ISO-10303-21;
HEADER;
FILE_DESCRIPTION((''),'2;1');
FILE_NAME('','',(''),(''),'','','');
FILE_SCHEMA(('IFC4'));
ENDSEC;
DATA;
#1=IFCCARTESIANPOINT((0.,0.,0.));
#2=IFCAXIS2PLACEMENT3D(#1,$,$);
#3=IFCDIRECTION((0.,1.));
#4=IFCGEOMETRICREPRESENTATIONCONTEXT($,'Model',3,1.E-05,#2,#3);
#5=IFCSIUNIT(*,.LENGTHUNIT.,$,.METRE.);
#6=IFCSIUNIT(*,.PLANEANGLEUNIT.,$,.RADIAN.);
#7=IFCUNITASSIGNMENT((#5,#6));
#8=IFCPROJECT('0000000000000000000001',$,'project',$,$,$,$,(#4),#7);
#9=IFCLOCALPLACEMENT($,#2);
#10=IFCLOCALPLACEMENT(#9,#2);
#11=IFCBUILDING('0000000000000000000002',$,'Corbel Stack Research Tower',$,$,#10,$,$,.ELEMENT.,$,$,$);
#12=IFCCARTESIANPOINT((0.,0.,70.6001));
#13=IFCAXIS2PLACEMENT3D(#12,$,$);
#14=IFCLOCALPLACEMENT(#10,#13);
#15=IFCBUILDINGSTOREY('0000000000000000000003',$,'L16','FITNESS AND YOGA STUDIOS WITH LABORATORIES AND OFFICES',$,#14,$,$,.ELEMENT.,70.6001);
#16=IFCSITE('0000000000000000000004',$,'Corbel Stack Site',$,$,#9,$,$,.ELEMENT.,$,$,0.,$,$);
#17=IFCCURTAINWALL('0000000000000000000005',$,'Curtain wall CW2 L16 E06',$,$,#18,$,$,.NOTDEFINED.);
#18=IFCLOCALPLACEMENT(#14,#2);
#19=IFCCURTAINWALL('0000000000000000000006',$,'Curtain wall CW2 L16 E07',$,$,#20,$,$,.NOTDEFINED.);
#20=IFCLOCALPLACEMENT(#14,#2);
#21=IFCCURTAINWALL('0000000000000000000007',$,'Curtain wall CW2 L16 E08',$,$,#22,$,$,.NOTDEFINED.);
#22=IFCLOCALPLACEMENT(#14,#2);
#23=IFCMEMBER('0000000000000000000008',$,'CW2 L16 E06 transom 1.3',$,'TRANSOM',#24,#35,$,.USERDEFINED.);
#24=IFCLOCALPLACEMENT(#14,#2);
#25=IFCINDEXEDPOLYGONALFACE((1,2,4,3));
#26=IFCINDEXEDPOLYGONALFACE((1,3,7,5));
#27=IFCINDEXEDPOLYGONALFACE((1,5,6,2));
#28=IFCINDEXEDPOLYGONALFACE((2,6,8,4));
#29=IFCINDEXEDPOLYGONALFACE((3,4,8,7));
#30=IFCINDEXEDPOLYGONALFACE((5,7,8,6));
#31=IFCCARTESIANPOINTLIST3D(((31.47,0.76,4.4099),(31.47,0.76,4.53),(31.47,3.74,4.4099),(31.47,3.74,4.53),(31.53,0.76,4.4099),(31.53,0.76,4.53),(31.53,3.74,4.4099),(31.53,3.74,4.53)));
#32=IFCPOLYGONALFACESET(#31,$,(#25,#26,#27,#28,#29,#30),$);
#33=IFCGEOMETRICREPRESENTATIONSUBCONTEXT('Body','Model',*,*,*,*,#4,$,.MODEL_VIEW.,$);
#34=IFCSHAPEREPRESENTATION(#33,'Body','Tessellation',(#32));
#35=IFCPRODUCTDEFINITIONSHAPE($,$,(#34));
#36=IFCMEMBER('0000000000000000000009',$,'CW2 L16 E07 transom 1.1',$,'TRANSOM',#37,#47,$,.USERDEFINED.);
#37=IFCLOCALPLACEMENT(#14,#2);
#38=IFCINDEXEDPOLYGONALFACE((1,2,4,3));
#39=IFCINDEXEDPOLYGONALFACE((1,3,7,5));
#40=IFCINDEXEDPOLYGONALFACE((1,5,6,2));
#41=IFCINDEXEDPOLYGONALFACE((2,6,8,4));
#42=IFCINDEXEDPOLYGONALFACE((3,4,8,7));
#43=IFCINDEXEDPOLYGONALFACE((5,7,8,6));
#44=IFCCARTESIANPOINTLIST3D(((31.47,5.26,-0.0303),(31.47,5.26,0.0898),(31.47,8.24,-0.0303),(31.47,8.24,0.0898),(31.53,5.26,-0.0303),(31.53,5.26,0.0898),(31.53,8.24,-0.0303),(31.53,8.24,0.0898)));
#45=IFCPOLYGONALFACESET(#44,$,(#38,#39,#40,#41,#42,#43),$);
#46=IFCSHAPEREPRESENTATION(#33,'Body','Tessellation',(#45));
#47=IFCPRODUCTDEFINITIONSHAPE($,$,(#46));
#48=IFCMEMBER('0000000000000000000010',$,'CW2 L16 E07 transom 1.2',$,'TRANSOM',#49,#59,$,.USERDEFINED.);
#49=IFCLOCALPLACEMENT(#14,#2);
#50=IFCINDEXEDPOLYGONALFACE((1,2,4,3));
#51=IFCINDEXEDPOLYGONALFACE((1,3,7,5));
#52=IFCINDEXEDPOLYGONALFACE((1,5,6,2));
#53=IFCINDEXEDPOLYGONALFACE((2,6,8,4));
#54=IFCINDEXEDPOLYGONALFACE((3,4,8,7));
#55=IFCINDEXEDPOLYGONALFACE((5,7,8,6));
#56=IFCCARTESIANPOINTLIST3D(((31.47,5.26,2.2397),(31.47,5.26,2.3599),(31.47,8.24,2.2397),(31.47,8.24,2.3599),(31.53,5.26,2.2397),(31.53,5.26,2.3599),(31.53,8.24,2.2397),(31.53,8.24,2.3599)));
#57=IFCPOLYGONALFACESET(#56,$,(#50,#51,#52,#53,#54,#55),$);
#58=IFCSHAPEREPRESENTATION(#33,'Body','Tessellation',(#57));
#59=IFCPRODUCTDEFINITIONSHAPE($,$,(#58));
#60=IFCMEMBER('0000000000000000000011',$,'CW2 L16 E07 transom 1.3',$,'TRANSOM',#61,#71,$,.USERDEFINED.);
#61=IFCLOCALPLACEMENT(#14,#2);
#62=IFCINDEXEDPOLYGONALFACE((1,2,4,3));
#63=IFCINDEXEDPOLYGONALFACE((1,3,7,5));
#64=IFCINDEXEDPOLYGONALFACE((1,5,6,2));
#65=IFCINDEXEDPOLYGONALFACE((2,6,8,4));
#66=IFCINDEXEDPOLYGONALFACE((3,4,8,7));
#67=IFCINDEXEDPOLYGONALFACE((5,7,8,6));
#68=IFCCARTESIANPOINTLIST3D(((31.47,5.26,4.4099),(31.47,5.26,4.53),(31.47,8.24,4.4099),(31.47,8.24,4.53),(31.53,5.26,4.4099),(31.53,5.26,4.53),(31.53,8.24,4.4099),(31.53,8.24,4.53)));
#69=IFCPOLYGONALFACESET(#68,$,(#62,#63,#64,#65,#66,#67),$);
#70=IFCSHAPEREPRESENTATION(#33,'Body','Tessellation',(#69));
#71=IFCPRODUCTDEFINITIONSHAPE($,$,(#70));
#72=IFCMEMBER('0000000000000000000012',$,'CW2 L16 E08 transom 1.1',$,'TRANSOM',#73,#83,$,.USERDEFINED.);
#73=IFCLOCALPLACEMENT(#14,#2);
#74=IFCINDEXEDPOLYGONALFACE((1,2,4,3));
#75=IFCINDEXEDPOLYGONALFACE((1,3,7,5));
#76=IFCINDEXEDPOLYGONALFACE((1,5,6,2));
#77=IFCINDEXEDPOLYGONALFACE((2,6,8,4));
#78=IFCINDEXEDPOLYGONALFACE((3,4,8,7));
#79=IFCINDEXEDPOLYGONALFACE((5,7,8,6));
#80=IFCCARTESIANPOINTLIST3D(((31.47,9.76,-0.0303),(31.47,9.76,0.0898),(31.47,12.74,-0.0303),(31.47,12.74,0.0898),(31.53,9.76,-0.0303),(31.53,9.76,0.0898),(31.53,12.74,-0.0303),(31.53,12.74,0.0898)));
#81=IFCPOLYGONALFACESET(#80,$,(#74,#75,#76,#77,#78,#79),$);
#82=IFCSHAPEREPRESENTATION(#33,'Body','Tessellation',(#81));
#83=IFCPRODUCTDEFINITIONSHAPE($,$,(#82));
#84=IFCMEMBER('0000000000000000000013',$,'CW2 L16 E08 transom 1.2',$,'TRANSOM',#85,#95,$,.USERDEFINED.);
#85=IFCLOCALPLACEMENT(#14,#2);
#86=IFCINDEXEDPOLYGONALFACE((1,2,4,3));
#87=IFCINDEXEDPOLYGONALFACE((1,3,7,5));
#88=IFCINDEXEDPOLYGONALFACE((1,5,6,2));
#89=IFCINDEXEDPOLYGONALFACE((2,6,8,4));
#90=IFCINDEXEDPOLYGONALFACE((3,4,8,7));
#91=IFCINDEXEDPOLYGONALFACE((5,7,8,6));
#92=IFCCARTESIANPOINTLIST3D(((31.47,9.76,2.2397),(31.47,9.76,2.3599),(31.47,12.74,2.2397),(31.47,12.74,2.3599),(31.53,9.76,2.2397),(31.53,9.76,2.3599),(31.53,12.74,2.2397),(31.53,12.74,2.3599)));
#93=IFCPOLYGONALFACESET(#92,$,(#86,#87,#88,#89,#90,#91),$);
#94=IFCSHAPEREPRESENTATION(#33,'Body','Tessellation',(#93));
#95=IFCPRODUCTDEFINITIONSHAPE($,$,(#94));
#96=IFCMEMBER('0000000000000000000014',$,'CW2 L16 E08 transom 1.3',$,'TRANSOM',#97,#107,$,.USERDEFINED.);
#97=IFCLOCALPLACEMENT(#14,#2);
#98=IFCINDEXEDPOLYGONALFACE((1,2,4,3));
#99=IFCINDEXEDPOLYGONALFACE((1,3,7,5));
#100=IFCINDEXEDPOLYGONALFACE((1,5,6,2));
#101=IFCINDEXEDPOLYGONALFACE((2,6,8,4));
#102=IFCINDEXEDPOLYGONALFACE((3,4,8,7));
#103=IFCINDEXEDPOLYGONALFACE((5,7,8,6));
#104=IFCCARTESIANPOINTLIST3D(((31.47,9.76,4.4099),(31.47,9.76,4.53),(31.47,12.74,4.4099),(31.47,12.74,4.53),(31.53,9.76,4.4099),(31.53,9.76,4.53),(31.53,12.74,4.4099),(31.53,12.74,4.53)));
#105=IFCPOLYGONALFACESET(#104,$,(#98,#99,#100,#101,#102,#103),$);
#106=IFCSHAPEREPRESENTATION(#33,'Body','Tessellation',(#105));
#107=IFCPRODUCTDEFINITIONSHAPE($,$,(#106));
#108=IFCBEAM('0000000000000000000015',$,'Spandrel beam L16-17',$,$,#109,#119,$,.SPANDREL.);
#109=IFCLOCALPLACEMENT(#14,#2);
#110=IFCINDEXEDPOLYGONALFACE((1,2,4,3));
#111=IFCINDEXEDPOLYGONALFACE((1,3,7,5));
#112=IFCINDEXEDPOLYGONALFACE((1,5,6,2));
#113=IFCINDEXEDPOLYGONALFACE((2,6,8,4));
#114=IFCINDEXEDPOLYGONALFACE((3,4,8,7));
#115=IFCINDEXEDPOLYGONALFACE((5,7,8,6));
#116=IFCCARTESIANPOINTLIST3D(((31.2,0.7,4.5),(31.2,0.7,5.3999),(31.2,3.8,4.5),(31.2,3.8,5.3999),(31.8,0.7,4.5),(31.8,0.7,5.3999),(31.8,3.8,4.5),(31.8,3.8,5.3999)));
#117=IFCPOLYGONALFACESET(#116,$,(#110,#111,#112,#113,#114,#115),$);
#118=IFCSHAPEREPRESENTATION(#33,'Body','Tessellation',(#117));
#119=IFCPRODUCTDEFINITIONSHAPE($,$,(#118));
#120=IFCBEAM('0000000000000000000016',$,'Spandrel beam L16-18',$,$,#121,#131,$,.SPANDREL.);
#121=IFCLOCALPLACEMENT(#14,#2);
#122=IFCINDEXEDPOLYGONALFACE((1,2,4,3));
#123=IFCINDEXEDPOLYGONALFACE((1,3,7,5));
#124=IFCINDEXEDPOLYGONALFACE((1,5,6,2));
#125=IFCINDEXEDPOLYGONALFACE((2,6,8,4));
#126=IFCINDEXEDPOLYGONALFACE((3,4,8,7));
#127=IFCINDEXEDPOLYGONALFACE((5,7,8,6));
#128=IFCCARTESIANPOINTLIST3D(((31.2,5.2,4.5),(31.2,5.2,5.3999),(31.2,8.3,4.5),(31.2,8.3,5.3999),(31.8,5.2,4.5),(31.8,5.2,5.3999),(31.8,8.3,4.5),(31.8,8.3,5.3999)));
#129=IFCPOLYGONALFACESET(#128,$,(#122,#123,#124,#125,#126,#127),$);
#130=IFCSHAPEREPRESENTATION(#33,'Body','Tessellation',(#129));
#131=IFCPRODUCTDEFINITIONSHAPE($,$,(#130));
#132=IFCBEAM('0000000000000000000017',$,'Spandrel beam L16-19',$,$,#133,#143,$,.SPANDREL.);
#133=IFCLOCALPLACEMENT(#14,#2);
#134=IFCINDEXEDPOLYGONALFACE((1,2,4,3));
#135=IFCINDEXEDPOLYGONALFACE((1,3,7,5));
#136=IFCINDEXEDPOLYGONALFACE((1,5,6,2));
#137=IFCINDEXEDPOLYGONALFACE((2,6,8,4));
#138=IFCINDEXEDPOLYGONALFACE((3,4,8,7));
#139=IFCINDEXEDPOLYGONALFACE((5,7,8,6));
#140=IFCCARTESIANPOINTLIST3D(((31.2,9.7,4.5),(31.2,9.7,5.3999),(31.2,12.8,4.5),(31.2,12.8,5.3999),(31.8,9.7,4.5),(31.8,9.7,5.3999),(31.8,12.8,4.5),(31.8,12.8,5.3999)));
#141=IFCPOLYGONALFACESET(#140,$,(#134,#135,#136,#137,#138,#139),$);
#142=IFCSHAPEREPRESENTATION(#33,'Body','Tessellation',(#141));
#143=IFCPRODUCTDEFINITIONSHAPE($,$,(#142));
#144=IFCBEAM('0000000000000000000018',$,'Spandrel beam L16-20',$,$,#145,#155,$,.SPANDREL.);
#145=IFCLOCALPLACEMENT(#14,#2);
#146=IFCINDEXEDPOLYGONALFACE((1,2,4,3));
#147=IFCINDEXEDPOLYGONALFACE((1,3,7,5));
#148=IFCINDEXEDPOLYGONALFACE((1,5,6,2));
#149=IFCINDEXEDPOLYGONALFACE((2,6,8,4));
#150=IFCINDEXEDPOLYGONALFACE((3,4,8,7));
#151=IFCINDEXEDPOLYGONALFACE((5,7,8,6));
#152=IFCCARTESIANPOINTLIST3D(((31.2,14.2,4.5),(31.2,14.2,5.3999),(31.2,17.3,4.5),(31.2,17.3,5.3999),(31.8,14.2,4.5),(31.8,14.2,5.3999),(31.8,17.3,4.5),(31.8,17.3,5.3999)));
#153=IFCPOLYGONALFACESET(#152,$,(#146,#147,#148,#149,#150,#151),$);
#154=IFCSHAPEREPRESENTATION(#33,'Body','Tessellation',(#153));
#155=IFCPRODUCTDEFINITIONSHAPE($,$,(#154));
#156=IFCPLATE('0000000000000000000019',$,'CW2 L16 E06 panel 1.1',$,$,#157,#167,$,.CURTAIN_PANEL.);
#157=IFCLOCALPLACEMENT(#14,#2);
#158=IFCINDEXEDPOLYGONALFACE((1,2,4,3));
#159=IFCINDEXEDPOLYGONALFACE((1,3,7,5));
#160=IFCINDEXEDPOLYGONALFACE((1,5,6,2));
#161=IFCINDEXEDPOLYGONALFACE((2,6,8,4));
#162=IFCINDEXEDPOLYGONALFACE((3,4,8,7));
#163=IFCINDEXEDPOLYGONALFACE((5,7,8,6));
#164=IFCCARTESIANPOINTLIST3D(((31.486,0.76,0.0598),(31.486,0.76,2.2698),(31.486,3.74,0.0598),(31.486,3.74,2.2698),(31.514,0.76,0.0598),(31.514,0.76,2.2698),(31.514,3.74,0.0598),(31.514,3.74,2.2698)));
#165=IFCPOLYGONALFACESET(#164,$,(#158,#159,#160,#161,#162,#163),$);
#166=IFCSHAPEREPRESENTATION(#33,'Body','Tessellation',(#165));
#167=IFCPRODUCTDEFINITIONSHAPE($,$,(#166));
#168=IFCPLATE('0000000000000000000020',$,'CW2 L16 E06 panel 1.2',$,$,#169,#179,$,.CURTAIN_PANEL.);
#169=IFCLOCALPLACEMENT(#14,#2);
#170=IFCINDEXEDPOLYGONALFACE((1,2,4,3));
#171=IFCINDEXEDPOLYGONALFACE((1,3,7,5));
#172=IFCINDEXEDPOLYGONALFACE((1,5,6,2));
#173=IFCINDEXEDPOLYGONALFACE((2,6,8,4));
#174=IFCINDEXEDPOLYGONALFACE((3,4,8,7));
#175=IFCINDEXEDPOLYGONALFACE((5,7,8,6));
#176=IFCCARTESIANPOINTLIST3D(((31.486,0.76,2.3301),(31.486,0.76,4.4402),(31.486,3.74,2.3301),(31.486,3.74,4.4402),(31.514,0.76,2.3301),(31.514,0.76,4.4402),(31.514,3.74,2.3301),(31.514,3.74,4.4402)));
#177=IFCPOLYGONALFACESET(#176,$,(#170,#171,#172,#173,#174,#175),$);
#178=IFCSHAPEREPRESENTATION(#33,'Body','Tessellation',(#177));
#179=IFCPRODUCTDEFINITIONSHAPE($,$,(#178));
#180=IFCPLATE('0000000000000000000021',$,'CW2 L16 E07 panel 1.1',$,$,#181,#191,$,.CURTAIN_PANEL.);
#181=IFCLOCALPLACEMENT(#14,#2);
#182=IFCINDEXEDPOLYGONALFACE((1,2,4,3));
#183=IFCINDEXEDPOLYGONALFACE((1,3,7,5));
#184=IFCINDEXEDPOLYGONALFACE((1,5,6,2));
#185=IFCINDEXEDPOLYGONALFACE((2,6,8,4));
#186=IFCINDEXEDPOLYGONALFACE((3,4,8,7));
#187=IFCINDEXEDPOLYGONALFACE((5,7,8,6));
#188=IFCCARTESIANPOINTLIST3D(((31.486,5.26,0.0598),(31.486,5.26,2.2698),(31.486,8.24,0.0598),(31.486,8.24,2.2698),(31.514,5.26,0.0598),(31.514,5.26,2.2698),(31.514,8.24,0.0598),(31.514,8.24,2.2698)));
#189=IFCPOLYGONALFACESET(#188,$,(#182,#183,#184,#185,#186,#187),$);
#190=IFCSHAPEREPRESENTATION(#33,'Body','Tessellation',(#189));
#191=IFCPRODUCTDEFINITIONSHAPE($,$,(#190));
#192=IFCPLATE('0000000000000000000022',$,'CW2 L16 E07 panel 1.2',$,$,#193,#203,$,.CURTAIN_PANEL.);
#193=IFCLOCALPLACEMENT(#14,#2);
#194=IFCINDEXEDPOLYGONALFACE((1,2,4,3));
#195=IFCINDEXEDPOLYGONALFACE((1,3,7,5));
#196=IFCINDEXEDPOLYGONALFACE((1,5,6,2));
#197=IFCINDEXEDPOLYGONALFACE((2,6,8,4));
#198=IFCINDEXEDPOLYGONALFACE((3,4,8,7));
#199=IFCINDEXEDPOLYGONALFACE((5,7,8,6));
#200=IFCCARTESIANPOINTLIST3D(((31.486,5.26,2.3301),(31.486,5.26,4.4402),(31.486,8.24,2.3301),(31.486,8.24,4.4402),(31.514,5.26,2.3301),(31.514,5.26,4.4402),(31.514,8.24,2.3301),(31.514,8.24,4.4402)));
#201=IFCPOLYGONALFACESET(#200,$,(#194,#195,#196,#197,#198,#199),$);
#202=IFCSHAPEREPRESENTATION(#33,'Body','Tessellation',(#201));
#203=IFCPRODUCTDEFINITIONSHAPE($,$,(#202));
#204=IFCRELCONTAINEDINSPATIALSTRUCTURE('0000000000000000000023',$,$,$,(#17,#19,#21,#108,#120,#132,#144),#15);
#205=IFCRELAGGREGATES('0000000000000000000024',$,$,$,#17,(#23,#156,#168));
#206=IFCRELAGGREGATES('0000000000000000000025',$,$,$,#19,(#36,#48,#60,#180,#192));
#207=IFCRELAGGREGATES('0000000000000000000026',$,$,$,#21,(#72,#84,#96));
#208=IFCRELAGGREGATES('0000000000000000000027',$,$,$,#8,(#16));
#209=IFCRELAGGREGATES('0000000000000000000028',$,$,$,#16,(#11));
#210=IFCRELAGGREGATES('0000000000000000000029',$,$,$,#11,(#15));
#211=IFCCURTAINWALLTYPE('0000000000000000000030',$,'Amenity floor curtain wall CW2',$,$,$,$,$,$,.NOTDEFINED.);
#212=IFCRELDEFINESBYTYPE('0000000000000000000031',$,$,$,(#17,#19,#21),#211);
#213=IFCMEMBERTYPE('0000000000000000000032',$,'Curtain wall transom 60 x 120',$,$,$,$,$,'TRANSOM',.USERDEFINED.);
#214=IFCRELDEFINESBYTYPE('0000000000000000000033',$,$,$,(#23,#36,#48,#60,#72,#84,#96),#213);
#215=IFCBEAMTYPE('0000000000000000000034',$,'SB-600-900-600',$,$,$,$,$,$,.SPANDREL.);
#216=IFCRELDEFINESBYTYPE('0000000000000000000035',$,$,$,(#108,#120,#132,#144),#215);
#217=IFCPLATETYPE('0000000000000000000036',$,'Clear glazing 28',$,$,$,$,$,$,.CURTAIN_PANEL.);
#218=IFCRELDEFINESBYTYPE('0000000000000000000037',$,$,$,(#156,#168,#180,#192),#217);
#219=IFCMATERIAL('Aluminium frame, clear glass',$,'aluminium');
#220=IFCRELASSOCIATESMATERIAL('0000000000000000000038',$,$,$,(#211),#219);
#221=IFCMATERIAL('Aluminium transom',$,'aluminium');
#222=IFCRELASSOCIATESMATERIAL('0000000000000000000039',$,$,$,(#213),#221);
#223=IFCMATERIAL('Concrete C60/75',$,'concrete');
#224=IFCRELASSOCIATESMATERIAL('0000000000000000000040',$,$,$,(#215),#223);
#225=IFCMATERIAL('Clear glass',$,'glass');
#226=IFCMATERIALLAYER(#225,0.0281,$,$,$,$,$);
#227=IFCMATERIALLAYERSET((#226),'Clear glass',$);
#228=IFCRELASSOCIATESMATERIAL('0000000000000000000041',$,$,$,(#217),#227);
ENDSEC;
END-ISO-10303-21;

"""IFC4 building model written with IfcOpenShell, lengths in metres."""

from ifc_helpers import new_model, si_unit, direction, frame, origin, origin_2d, place, context, subcontext, project, spatial, rectangle, extrude, material, layer, layer_set, material_profile, profile_set, type_object, element, aggregate, save


model = new_model("IFC4")

# Units and contexts
model_context = context("Model", 3, precision=1e-05, world=origin(), true_north=direction((0.0, 1.0)))
body_context = subcontext(model_context, "Body", "Model", "MODEL_VIEW")
ifc_project = project(units=[si_unit("LENGTHUNIT", "METRE"), si_unit("PLANEANGLEUNIT", "RADIAN")], contexts=[model_context])

# Site, building, storey
site_placement = place(None, origin())
site = spatial("IfcSite", under=ifc_project, at=site_placement, Name="Corbel Stack Site", CompositionType="ELEMENT", RefElevation=0.0)
building_placement = place(site_placement, origin())
building = spatial("IfcBuilding", under=site, at=building_placement, Name="Corbel Stack Research Tower", CompositionType="ELEMENT")
storey_placement = place(building_placement, frame((0.0, 0.0, 70.6001)))
storey = spatial("IfcBuildingStorey", under=building, at=storey_placement, Name="L16", Description="FITNESS AND YOGA STUDIOS WITH LABORATORIES AND OFFICES", CompositionType="ELEMENT", Elevation=70.6001)

# Curtain walls
ifc_material_1 = material(Name="Aluminium frame, clear glass", Category="aluminium")
curtain_wall_type = type_object("IfcCurtainWallType", Name="Amenity floor curtain wall CW2", PredefinedType="NOTDEFINED", material=ifc_material_1)
curtain_wall_1_placement = place(storey_placement, origin())
curtain_wall_1 = element("IfcCurtainWall", 1, at=curtain_wall_1_placement, inside=storey, type_object=curtain_wall_type, Name="Curtain wall CW2 L16 E06", PredefinedType="NOTDEFINED")
curtain_wall_2_placement = place(storey_placement, origin())
curtain_wall_2 = element("IfcCurtainWall", 2, at=curtain_wall_2_placement, inside=storey, type_object=curtain_wall_type, Name="Curtain wall CW2 L16 E07", PredefinedType="NOTDEFINED")
curtain_wall_3_placement = place(storey_placement, origin())
curtain_wall_3 = element("IfcCurtainWall", 3, at=curtain_wall_3_placement, inside=storey, type_object=curtain_wall_type, Name="Curtain wall CW2 L16 E08", PredefinedType="NOTDEFINED")

# Members
ifc_material_2 = material(Name="Aluminium transom", Category="aluminium")
ifc_material_profile_1 = material_profile(ifc_material_2, rectangle(XDim=0.0601, YDim=0.1201, at=origin_2d()), Name="Transom 60 x 120")
ifc_profile_set_1 = profile_set([ifc_material_profile_1], Name="Aluminium transom")
member_type_1 = type_object("IfcMemberType", Name="Curtain wall transom 60 x 120", ElementType="TRANSOM", PredefinedType="USERDEFINED", material=ifc_profile_set_1)
member_1_placement = place(storey_placement, frame((31.5, 0.76, 4.47), z_axis=(0.0, 1.0, 0.0), x_axis=(-1.0, 0.0, 0.0)))
member_1 = element("IfcMember", 4, at=member_1_placement, type_object=member_type_1, Name="CW2 L16 E06 transom 1.3", ObjectType="TRANSOM", PredefinedType="USERDEFINED", context=body_context, shape_type="SweptSolid", body=[
    extrude(rectangle(XDim=0.0601, YDim=0.1201, at=origin_2d()), origin(), (0.0, 0.0, 1.0), 2.98),
])
member_2_placement = place(storey_placement, frame((31.5, 5.26, 0.0298), z_axis=(0.0, 1.0, 0.0), x_axis=(-1.0, 0.0, 0.0)))
member_2 = element("IfcMember", 5, at=member_2_placement, type_object=member_type_1, Name="CW2 L16 E07 transom 1.1", ObjectType="TRANSOM", PredefinedType="USERDEFINED", context=body_context, shape_type="SweptSolid", body=[
    extrude(rectangle(XDim=0.0601, YDim=0.1201, at=origin_2d()), origin(), (0.0, 0.0, 1.0), 2.98),
])
member_3_placement = place(storey_placement, frame((31.5, 5.26, 2.2998), z_axis=(0.0, 1.0, 0.0), x_axis=(-1.0, 0.0, 0.0)))
member_3 = element("IfcMember", 6, at=member_3_placement, type_object=member_type_1, Name="CW2 L16 E07 transom 1.2", ObjectType="TRANSOM", PredefinedType="USERDEFINED", context=body_context, shape_type="SweptSolid", body=[
    extrude(rectangle(XDim=0.0601, YDim=0.1201, at=origin_2d()), origin(), (0.0, 0.0, 1.0), 2.98),
])
member_4_placement = place(storey_placement, frame((31.5, 5.26, 4.47), z_axis=(0.0, 1.0, 0.0), x_axis=(-1.0, 0.0, 0.0)))
member_4 = element("IfcMember", 7, at=member_4_placement, type_object=member_type_1, Name="CW2 L16 E07 transom 1.3", ObjectType="TRANSOM", PredefinedType="USERDEFINED", context=body_context, shape_type="SweptSolid", body=[
    extrude(rectangle(XDim=0.0601, YDim=0.1201, at=origin_2d()), origin(), (0.0, 0.0, 1.0), 2.98),
])
member_5_placement = place(storey_placement, frame((31.5, 9.76, 0.0298), z_axis=(0.0, 1.0, 0.0), x_axis=(-1.0, 0.0, 0.0)))
member_5 = element("IfcMember", 8, at=member_5_placement, type_object=member_type_1, Name="CW2 L16 E08 transom 1.1", ObjectType="TRANSOM", PredefinedType="USERDEFINED", context=body_context, shape_type="SweptSolid", body=[
    extrude(rectangle(XDim=0.0601, YDim=0.1201, at=origin_2d()), origin(), (0.0, 0.0, 1.0), 2.98),
])
member_6_placement = place(storey_placement, frame((31.5, 9.76, 2.2998), z_axis=(0.0, 1.0, 0.0), x_axis=(-1.0, 0.0, 0.0)))
member_6 = element("IfcMember", 9, at=member_6_placement, type_object=member_type_1, Name="CW2 L16 E08 transom 1.2", ObjectType="TRANSOM", PredefinedType="USERDEFINED", context=body_context, shape_type="SweptSolid", body=[
    extrude(rectangle(XDim=0.0601, YDim=0.1201, at=origin_2d()), origin(), (0.0, 0.0, 1.0), 2.98),
])
member_7_placement = place(storey_placement, frame((31.5, 9.76, 4.47), z_axis=(0.0, 1.0, 0.0), x_axis=(-1.0, 0.0, 0.0)))
member_7 = element("IfcMember", 10, at=member_7_placement, type_object=member_type_1, Name="CW2 L16 E08 transom 1.3", ObjectType="TRANSOM", PredefinedType="USERDEFINED", context=body_context, shape_type="SweptSolid", body=[
    extrude(rectangle(XDim=0.0601, YDim=0.1201, at=origin_2d()), origin(), (0.0, 0.0, 1.0), 2.98),
])

# Beams
ifc_material_3 = material(Name="Concrete C60/75", Category="concrete")
ifc_material_profile_2 = material_profile(ifc_material_3, rectangle(XDim=0.6001, YDim=0.8999, at=origin_2d()), Name="RC 600 x 900")
ifc_profile_set_2 = profile_set([ifc_material_profile_2], Name="Concrete C60/75")
beam_type = type_object("IfcBeamType", Name="SB-600-900-600", PredefinedType="SPANDREL", material=ifc_profile_set_2)
for number, where, z_axis, x_axis, name in (
    (11, (31.5, 0.7, 4.95), (0.0, 1.0, 0.0), (-1.0, 0.0, 0.0), "Spandrel beam L16-17"),
    (12, (31.5, 5.2, 4.95), (0.0, 1.0, 0.0), (-1.0, 0.0, 0.0), "Spandrel beam L16-18"),
    (13, (31.5, 9.7, 4.95), (0.0, 1.0, 0.0), (-1.0, 0.0, 0.0), "Spandrel beam L16-19"),
    (14, (31.5, 14.2, 4.95), (0.0, 1.0, 0.0), (-1.0, 0.0, 0.0), "Spandrel beam L16-20"),
):
    element("IfcBeam", number, at=place(storey_placement, frame(where, z_axis=z_axis, x_axis=x_axis)), inside=storey, type_object=beam_type, Name=name, PredefinedType="SPANDREL", context=body_context, shape_type="SweptSolid", body=[
        extrude(rectangle(XDim=0.6001, YDim=0.8999, at=origin_2d()), origin(), (0.0, 0.0, 1.0), 3.1001),
    ])

# Plates
ifc_material_4 = material(Name="Clear glass", Category="glass")
ifc_layer_1 = layer(ifc_material_4, 0.0281)
ifc_layer_set_1 = layer_set([ifc_layer_1], Name="Clear glass")
plate_type = type_object("IfcPlateType", Name="Clear glazing 28", PredefinedType="CURTAIN_PANEL", material=ifc_layer_set_1)
plate_1_placement = place(storey_placement, frame((31.5, 2.25, 0.0598), z_axis=(0.0, 0.0, 1.0), x_axis=(0.0, 1.0, 0.0)))
plate_1 = element("IfcPlate", 15, at=plate_1_placement, type_object=plate_type, Name="CW2 L16 E06 panel 1.1", PredefinedType="CURTAIN_PANEL", context=body_context, shape_type="SweptSolid", body=[
    extrude(rectangle(XDim=2.98, YDim=0.0281, at=origin_2d()), origin(), (0.0, 0.0, 1.0), 2.21),
])
plate_2_placement = place(storey_placement, frame((31.5, 2.25, 2.3301), z_axis=(0.0, 0.0, 1.0), x_axis=(0.0, 1.0, 0.0)))
plate_2 = element("IfcPlate", 16, at=plate_2_placement, type_object=plate_type, Name="CW2 L16 E06 panel 1.2", PredefinedType="CURTAIN_PANEL", context=body_context, shape_type="SweptSolid", body=[
    extrude(rectangle(XDim=2.98, YDim=0.0281, at=origin_2d()), origin(), (0.0, 0.0, 1.0), 2.1101),
])
aggregate(curtain_wall_1, [member_1, plate_1, plate_2])
plate_3_placement = place(storey_placement, frame((31.5, 6.75, 0.0598), z_axis=(0.0, 0.0, 1.0), x_axis=(0.0, 1.0, 0.0)))
plate_3 = element("IfcPlate", 17, at=plate_3_placement, type_object=plate_type, Name="CW2 L16 E07 panel 1.1", PredefinedType="CURTAIN_PANEL", context=body_context, shape_type="SweptSolid", body=[
    extrude(rectangle(XDim=2.98, YDim=0.0281, at=origin_2d()), origin(), (0.0, 0.0, 1.0), 2.21),
])
plate_4_placement = place(storey_placement, frame((31.5, 6.75, 2.3301), z_axis=(0.0, 0.0, 1.0), x_axis=(0.0, 1.0, 0.0)))
plate_4 = element("IfcPlate", 18, at=plate_4_placement, type_object=plate_type, Name="CW2 L16 E07 panel 1.2", PredefinedType="CURTAIN_PANEL", context=body_context, shape_type="SweptSolid", body=[
    extrude(rectangle(XDim=2.98, YDim=0.0281, at=origin_2d()), origin(), (0.0, 0.0, 1.0), 2.1101),
])
aggregate(curtain_wall_2, [member_2, member_3, member_4, plate_3, plate_4])
aggregate(curtain_wall_3, [member_5, member_6, member_7])

save(model, "model.ifc")
